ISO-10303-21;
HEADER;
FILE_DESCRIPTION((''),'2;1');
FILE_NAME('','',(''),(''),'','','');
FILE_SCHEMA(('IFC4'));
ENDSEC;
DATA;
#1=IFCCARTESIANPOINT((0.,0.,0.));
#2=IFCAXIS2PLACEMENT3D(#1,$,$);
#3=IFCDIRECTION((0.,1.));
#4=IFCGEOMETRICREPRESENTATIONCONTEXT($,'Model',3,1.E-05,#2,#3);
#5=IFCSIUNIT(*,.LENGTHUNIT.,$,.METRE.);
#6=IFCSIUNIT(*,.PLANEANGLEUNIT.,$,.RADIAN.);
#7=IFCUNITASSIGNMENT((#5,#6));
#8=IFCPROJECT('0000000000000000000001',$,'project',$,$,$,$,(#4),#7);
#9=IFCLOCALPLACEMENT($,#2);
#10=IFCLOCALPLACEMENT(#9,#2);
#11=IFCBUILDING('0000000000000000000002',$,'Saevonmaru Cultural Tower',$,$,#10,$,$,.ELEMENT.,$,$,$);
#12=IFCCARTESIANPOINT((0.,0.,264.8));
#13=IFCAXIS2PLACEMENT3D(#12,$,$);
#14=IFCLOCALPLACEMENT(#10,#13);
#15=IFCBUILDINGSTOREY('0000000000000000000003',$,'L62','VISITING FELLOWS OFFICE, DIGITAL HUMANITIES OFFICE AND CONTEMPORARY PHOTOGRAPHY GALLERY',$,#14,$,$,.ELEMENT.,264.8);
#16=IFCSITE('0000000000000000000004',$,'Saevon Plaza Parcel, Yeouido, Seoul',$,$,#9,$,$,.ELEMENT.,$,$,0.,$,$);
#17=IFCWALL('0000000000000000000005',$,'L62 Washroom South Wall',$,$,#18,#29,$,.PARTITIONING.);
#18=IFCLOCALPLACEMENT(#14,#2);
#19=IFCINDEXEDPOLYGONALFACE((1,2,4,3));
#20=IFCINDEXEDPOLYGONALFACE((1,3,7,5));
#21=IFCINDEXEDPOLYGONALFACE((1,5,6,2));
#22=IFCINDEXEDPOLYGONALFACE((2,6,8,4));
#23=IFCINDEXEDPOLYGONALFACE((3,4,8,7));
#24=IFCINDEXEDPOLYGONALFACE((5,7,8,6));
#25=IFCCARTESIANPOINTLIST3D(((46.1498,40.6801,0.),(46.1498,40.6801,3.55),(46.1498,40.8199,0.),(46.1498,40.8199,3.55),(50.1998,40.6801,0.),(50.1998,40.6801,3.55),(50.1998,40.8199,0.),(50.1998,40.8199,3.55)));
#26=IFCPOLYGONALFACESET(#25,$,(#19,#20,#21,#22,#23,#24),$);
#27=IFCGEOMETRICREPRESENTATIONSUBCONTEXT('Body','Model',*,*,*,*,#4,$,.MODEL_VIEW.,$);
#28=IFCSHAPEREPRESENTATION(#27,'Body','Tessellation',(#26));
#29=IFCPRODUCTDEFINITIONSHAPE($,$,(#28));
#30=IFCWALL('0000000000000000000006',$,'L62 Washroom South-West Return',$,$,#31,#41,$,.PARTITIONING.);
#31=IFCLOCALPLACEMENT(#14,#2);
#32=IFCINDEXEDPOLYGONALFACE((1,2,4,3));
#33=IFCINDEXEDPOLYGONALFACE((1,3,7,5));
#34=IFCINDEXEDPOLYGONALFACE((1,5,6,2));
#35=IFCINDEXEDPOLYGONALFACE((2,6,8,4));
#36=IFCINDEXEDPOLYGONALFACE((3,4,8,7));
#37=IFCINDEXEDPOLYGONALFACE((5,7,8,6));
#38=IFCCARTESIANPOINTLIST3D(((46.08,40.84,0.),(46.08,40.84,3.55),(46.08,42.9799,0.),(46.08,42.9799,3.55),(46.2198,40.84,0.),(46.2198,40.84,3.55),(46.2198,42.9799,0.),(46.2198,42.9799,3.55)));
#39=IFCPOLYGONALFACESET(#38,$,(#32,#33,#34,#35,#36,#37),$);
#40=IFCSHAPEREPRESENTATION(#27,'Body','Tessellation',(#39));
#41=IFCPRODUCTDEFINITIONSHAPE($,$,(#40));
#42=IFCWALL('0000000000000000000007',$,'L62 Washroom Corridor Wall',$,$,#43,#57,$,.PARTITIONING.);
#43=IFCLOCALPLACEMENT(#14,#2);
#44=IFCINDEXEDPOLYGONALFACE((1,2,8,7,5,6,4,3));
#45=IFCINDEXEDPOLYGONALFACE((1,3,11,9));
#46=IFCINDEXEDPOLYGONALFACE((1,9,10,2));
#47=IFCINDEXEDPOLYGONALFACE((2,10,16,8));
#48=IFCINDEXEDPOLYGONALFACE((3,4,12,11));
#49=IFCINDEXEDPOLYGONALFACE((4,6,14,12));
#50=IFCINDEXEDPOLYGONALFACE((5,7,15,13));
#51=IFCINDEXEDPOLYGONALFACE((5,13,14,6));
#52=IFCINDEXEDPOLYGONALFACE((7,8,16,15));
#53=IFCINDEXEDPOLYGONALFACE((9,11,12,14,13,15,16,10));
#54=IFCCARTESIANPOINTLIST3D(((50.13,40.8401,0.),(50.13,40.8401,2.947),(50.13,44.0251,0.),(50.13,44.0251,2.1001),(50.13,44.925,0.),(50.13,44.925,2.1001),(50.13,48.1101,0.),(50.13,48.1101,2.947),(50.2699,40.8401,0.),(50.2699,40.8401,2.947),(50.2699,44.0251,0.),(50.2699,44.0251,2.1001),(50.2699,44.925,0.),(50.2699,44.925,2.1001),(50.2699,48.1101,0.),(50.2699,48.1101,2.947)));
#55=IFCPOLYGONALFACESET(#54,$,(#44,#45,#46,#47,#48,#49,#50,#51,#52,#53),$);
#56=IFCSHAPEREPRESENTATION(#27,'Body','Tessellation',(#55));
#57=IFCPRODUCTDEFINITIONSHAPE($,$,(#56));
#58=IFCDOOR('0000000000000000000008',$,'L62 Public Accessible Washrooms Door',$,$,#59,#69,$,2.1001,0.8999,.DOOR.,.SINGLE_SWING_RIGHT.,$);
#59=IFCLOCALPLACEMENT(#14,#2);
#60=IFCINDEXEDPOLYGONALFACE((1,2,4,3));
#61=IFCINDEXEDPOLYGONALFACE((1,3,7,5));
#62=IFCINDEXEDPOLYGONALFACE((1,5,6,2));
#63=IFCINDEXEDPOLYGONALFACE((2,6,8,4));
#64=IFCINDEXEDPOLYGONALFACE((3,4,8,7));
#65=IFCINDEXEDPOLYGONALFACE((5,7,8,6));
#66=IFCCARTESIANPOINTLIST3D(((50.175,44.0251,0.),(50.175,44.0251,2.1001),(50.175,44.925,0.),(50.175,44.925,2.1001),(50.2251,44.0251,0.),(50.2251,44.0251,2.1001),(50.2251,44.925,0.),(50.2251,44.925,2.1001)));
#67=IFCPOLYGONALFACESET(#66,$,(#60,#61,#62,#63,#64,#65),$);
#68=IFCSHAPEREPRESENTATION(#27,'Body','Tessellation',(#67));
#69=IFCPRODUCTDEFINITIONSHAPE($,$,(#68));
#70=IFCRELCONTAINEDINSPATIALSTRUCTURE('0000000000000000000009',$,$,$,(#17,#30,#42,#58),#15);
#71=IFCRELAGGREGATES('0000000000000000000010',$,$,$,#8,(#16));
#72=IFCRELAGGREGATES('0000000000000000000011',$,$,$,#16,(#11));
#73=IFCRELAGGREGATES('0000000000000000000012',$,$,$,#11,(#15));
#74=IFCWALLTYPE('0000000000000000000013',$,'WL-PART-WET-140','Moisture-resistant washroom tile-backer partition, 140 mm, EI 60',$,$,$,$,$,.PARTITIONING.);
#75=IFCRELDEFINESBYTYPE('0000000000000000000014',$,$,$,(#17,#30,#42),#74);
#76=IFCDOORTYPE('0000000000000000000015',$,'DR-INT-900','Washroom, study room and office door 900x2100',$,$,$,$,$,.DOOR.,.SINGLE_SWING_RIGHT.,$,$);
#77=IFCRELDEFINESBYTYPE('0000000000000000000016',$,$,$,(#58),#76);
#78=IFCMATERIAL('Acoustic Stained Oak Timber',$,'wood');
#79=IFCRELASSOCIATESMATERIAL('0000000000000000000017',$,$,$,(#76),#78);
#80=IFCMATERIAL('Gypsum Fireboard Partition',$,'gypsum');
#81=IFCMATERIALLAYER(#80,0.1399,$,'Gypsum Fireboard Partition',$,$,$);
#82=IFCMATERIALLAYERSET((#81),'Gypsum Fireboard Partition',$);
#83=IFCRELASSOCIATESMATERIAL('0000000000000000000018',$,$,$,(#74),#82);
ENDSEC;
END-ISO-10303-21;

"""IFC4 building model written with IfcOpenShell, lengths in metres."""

from ifc_helpers import new_model, si_unit, direction, frame, frame_2d, origin, place, context, subcontext, project, spatial, rectangle, extrude, material, layer, layer_set, type_object, element, fill, save


model = new_model("IFC4")

# Units and contexts
model_context = context("Model", 3, precision=1e-05, world=origin(), true_north=direction((0.0, 1.0)))
body_context = subcontext(model_context, "Body", "Model", "MODEL_VIEW")
ifc_project = project(units=[si_unit("LENGTHUNIT", "METRE"), si_unit("PLANEANGLEUNIT", "RADIAN")], contexts=[model_context])

# Site, building, storey
site_placement = place(None, origin())
site = spatial("IfcSite", under=ifc_project, at=site_placement, Name="Saevon Plaza Parcel, Yeouido, Seoul", CompositionType="ELEMENT", RefElevation=0.0)
building_placement = place(site_placement, origin())
building = spatial("IfcBuilding", under=site, at=building_placement, Name="Saevonmaru Cultural Tower", CompositionType="ELEMENT")
storey_placement = place(building_placement, frame((0.0, 0.0, 264.8)))
storey = spatial("IfcBuildingStorey", under=building, at=storey_placement, Name="L62", Description="VISITING FELLOWS OFFICE, DIGITAL HUMANITIES OFFICE AND CONTEMPORARY PHOTOGRAPHY GALLERY", CompositionType="ELEMENT", Elevation=264.8)

# Shared definitions
ifc_material_1 = material(Name="Gypsum Fireboard Partition", Category="gypsum")

# Shared definitions
ifc_material_2 = material(Name="Acoustic Stained Oak Timber", Category="wood")
door_type_1 = type_object("IfcDoorType", Name="DR-INT-900", Description="Washroom, study room and office door 900x2100", OperationType="SINGLE_SWING_RIGHT", PredefinedType="DOOR", material=ifc_material_2)

# Walls
ifc_layer_1 = layer(ifc_material_1, 0.1399, Name="Gypsum Fireboard Partition")
ifc_layer_set_1 = layer_set([ifc_layer_1], Name="Gypsum Fireboard Partition")
wall_type_1 = type_object("IfcWallType", Name="WL-PART-WET-140", Description="Moisture-resistant washroom tile-backer partition, 140 mm, EI 60", PredefinedType="PARTITIONING", material=ifc_layer_set_1)
wall_1_placement = place(storey_placement, frame((46.1499, 40.75, 0.0), z_axis=(0.0, 0.0, 1.0), x_axis=(1.0, 0.0, 0.0)))
element("IfcWall", 1, at=wall_1_placement, inside=storey, type_object=wall_type_1, Name="L62 Washroom South Wall", PredefinedType="PARTITIONING", context=body_context, shape_type="SweptSolid", body=[
    extrude(rectangle(XDim=4.05, YDim=0.1399, at=frame_2d((2.0249, 0.0))), origin(), (0.0, 0.0, 1.0), 3.55),
])
wall_2_placement = place(storey_placement, frame((46.1499, 40.8401, 0.0), z_axis=(0.0, 0.0, 1.0), x_axis=(0.0, 1.0, 0.0)))
element("IfcWall", 2, at=wall_2_placement, inside=storey, type_object=wall_type_1, Name="L62 Washroom South-West Return", PredefinedType="PARTITIONING", context=body_context, shape_type="SweptSolid", body=[
    extrude(rectangle(XDim=2.1399, YDim=0.1399, at=frame_2d((1.0698, 0.0))), origin(), (0.0, 0.0, 1.0), 3.55),
])

# Wall, opening, door
wall_3_placement = place(storey_placement, frame((50.2, 40.8401, 0.0), z_axis=(0.0, 0.0, 1.0), x_axis=(0.0, 1.0, 0.0)))
wall_3 = element("IfcWall", 3, at=wall_3_placement, inside=storey, type_object=wall_type_1, Name="L62 Washroom Corridor Wall", PredefinedType="PARTITIONING", context=body_context, shape_type="SweptSolid", body=[
    extrude(rectangle(XDim=7.27, YDim=0.1399, at=frame_2d((3.635, 0.0))), origin(), (0.0, 0.0, 1.0), 2.947),
])
opening_1_placement = place(wall_3_placement, frame((3.1851, 0.0, 0.0)))
opening_1 = element("IfcOpeningElement", 4, at=opening_1_placement, cuts=wall_3, PredefinedType="OPENING", context=body_context, shape_type="SweptSolid", body=[
    extrude(rectangle(XDim=0.8999, YDim=2.1001, at=frame_2d((0.45, 1.05))), frame((0.0, 0.0801, 0.0), z_axis=(0.0, -1.0, 0.0), x_axis=(1.0, 0.0, 0.0)), (0.0, 0.0, 1.0), 0.1599),
])
door_1_placement = place(opening_1_placement, origin())
door_1 = element("IfcDoor", 5, at=door_1_placement, inside=storey, type_object=door_type_1, Name="L62 Public Accessible Washrooms Door", OperationType="SINGLE_SWING_RIGHT", OverallHeight=2.1001, OverallWidth=0.8999, PredefinedType="DOOR", context=body_context, shape_type="SweptSolid", body=[
    extrude(rectangle(XDim=0.8999, YDim=2.1001, at=frame_2d((0.45, 1.05))), frame((0.0, 0.0249, 0.0), z_axis=(0.0, -1.0, 0.0), x_axis=(1.0, 0.0, 0.0)), (0.0, 0.0, 1.0), 0.05),
])
fill(opening_1, door_1)

save(model, "model.ifc")
